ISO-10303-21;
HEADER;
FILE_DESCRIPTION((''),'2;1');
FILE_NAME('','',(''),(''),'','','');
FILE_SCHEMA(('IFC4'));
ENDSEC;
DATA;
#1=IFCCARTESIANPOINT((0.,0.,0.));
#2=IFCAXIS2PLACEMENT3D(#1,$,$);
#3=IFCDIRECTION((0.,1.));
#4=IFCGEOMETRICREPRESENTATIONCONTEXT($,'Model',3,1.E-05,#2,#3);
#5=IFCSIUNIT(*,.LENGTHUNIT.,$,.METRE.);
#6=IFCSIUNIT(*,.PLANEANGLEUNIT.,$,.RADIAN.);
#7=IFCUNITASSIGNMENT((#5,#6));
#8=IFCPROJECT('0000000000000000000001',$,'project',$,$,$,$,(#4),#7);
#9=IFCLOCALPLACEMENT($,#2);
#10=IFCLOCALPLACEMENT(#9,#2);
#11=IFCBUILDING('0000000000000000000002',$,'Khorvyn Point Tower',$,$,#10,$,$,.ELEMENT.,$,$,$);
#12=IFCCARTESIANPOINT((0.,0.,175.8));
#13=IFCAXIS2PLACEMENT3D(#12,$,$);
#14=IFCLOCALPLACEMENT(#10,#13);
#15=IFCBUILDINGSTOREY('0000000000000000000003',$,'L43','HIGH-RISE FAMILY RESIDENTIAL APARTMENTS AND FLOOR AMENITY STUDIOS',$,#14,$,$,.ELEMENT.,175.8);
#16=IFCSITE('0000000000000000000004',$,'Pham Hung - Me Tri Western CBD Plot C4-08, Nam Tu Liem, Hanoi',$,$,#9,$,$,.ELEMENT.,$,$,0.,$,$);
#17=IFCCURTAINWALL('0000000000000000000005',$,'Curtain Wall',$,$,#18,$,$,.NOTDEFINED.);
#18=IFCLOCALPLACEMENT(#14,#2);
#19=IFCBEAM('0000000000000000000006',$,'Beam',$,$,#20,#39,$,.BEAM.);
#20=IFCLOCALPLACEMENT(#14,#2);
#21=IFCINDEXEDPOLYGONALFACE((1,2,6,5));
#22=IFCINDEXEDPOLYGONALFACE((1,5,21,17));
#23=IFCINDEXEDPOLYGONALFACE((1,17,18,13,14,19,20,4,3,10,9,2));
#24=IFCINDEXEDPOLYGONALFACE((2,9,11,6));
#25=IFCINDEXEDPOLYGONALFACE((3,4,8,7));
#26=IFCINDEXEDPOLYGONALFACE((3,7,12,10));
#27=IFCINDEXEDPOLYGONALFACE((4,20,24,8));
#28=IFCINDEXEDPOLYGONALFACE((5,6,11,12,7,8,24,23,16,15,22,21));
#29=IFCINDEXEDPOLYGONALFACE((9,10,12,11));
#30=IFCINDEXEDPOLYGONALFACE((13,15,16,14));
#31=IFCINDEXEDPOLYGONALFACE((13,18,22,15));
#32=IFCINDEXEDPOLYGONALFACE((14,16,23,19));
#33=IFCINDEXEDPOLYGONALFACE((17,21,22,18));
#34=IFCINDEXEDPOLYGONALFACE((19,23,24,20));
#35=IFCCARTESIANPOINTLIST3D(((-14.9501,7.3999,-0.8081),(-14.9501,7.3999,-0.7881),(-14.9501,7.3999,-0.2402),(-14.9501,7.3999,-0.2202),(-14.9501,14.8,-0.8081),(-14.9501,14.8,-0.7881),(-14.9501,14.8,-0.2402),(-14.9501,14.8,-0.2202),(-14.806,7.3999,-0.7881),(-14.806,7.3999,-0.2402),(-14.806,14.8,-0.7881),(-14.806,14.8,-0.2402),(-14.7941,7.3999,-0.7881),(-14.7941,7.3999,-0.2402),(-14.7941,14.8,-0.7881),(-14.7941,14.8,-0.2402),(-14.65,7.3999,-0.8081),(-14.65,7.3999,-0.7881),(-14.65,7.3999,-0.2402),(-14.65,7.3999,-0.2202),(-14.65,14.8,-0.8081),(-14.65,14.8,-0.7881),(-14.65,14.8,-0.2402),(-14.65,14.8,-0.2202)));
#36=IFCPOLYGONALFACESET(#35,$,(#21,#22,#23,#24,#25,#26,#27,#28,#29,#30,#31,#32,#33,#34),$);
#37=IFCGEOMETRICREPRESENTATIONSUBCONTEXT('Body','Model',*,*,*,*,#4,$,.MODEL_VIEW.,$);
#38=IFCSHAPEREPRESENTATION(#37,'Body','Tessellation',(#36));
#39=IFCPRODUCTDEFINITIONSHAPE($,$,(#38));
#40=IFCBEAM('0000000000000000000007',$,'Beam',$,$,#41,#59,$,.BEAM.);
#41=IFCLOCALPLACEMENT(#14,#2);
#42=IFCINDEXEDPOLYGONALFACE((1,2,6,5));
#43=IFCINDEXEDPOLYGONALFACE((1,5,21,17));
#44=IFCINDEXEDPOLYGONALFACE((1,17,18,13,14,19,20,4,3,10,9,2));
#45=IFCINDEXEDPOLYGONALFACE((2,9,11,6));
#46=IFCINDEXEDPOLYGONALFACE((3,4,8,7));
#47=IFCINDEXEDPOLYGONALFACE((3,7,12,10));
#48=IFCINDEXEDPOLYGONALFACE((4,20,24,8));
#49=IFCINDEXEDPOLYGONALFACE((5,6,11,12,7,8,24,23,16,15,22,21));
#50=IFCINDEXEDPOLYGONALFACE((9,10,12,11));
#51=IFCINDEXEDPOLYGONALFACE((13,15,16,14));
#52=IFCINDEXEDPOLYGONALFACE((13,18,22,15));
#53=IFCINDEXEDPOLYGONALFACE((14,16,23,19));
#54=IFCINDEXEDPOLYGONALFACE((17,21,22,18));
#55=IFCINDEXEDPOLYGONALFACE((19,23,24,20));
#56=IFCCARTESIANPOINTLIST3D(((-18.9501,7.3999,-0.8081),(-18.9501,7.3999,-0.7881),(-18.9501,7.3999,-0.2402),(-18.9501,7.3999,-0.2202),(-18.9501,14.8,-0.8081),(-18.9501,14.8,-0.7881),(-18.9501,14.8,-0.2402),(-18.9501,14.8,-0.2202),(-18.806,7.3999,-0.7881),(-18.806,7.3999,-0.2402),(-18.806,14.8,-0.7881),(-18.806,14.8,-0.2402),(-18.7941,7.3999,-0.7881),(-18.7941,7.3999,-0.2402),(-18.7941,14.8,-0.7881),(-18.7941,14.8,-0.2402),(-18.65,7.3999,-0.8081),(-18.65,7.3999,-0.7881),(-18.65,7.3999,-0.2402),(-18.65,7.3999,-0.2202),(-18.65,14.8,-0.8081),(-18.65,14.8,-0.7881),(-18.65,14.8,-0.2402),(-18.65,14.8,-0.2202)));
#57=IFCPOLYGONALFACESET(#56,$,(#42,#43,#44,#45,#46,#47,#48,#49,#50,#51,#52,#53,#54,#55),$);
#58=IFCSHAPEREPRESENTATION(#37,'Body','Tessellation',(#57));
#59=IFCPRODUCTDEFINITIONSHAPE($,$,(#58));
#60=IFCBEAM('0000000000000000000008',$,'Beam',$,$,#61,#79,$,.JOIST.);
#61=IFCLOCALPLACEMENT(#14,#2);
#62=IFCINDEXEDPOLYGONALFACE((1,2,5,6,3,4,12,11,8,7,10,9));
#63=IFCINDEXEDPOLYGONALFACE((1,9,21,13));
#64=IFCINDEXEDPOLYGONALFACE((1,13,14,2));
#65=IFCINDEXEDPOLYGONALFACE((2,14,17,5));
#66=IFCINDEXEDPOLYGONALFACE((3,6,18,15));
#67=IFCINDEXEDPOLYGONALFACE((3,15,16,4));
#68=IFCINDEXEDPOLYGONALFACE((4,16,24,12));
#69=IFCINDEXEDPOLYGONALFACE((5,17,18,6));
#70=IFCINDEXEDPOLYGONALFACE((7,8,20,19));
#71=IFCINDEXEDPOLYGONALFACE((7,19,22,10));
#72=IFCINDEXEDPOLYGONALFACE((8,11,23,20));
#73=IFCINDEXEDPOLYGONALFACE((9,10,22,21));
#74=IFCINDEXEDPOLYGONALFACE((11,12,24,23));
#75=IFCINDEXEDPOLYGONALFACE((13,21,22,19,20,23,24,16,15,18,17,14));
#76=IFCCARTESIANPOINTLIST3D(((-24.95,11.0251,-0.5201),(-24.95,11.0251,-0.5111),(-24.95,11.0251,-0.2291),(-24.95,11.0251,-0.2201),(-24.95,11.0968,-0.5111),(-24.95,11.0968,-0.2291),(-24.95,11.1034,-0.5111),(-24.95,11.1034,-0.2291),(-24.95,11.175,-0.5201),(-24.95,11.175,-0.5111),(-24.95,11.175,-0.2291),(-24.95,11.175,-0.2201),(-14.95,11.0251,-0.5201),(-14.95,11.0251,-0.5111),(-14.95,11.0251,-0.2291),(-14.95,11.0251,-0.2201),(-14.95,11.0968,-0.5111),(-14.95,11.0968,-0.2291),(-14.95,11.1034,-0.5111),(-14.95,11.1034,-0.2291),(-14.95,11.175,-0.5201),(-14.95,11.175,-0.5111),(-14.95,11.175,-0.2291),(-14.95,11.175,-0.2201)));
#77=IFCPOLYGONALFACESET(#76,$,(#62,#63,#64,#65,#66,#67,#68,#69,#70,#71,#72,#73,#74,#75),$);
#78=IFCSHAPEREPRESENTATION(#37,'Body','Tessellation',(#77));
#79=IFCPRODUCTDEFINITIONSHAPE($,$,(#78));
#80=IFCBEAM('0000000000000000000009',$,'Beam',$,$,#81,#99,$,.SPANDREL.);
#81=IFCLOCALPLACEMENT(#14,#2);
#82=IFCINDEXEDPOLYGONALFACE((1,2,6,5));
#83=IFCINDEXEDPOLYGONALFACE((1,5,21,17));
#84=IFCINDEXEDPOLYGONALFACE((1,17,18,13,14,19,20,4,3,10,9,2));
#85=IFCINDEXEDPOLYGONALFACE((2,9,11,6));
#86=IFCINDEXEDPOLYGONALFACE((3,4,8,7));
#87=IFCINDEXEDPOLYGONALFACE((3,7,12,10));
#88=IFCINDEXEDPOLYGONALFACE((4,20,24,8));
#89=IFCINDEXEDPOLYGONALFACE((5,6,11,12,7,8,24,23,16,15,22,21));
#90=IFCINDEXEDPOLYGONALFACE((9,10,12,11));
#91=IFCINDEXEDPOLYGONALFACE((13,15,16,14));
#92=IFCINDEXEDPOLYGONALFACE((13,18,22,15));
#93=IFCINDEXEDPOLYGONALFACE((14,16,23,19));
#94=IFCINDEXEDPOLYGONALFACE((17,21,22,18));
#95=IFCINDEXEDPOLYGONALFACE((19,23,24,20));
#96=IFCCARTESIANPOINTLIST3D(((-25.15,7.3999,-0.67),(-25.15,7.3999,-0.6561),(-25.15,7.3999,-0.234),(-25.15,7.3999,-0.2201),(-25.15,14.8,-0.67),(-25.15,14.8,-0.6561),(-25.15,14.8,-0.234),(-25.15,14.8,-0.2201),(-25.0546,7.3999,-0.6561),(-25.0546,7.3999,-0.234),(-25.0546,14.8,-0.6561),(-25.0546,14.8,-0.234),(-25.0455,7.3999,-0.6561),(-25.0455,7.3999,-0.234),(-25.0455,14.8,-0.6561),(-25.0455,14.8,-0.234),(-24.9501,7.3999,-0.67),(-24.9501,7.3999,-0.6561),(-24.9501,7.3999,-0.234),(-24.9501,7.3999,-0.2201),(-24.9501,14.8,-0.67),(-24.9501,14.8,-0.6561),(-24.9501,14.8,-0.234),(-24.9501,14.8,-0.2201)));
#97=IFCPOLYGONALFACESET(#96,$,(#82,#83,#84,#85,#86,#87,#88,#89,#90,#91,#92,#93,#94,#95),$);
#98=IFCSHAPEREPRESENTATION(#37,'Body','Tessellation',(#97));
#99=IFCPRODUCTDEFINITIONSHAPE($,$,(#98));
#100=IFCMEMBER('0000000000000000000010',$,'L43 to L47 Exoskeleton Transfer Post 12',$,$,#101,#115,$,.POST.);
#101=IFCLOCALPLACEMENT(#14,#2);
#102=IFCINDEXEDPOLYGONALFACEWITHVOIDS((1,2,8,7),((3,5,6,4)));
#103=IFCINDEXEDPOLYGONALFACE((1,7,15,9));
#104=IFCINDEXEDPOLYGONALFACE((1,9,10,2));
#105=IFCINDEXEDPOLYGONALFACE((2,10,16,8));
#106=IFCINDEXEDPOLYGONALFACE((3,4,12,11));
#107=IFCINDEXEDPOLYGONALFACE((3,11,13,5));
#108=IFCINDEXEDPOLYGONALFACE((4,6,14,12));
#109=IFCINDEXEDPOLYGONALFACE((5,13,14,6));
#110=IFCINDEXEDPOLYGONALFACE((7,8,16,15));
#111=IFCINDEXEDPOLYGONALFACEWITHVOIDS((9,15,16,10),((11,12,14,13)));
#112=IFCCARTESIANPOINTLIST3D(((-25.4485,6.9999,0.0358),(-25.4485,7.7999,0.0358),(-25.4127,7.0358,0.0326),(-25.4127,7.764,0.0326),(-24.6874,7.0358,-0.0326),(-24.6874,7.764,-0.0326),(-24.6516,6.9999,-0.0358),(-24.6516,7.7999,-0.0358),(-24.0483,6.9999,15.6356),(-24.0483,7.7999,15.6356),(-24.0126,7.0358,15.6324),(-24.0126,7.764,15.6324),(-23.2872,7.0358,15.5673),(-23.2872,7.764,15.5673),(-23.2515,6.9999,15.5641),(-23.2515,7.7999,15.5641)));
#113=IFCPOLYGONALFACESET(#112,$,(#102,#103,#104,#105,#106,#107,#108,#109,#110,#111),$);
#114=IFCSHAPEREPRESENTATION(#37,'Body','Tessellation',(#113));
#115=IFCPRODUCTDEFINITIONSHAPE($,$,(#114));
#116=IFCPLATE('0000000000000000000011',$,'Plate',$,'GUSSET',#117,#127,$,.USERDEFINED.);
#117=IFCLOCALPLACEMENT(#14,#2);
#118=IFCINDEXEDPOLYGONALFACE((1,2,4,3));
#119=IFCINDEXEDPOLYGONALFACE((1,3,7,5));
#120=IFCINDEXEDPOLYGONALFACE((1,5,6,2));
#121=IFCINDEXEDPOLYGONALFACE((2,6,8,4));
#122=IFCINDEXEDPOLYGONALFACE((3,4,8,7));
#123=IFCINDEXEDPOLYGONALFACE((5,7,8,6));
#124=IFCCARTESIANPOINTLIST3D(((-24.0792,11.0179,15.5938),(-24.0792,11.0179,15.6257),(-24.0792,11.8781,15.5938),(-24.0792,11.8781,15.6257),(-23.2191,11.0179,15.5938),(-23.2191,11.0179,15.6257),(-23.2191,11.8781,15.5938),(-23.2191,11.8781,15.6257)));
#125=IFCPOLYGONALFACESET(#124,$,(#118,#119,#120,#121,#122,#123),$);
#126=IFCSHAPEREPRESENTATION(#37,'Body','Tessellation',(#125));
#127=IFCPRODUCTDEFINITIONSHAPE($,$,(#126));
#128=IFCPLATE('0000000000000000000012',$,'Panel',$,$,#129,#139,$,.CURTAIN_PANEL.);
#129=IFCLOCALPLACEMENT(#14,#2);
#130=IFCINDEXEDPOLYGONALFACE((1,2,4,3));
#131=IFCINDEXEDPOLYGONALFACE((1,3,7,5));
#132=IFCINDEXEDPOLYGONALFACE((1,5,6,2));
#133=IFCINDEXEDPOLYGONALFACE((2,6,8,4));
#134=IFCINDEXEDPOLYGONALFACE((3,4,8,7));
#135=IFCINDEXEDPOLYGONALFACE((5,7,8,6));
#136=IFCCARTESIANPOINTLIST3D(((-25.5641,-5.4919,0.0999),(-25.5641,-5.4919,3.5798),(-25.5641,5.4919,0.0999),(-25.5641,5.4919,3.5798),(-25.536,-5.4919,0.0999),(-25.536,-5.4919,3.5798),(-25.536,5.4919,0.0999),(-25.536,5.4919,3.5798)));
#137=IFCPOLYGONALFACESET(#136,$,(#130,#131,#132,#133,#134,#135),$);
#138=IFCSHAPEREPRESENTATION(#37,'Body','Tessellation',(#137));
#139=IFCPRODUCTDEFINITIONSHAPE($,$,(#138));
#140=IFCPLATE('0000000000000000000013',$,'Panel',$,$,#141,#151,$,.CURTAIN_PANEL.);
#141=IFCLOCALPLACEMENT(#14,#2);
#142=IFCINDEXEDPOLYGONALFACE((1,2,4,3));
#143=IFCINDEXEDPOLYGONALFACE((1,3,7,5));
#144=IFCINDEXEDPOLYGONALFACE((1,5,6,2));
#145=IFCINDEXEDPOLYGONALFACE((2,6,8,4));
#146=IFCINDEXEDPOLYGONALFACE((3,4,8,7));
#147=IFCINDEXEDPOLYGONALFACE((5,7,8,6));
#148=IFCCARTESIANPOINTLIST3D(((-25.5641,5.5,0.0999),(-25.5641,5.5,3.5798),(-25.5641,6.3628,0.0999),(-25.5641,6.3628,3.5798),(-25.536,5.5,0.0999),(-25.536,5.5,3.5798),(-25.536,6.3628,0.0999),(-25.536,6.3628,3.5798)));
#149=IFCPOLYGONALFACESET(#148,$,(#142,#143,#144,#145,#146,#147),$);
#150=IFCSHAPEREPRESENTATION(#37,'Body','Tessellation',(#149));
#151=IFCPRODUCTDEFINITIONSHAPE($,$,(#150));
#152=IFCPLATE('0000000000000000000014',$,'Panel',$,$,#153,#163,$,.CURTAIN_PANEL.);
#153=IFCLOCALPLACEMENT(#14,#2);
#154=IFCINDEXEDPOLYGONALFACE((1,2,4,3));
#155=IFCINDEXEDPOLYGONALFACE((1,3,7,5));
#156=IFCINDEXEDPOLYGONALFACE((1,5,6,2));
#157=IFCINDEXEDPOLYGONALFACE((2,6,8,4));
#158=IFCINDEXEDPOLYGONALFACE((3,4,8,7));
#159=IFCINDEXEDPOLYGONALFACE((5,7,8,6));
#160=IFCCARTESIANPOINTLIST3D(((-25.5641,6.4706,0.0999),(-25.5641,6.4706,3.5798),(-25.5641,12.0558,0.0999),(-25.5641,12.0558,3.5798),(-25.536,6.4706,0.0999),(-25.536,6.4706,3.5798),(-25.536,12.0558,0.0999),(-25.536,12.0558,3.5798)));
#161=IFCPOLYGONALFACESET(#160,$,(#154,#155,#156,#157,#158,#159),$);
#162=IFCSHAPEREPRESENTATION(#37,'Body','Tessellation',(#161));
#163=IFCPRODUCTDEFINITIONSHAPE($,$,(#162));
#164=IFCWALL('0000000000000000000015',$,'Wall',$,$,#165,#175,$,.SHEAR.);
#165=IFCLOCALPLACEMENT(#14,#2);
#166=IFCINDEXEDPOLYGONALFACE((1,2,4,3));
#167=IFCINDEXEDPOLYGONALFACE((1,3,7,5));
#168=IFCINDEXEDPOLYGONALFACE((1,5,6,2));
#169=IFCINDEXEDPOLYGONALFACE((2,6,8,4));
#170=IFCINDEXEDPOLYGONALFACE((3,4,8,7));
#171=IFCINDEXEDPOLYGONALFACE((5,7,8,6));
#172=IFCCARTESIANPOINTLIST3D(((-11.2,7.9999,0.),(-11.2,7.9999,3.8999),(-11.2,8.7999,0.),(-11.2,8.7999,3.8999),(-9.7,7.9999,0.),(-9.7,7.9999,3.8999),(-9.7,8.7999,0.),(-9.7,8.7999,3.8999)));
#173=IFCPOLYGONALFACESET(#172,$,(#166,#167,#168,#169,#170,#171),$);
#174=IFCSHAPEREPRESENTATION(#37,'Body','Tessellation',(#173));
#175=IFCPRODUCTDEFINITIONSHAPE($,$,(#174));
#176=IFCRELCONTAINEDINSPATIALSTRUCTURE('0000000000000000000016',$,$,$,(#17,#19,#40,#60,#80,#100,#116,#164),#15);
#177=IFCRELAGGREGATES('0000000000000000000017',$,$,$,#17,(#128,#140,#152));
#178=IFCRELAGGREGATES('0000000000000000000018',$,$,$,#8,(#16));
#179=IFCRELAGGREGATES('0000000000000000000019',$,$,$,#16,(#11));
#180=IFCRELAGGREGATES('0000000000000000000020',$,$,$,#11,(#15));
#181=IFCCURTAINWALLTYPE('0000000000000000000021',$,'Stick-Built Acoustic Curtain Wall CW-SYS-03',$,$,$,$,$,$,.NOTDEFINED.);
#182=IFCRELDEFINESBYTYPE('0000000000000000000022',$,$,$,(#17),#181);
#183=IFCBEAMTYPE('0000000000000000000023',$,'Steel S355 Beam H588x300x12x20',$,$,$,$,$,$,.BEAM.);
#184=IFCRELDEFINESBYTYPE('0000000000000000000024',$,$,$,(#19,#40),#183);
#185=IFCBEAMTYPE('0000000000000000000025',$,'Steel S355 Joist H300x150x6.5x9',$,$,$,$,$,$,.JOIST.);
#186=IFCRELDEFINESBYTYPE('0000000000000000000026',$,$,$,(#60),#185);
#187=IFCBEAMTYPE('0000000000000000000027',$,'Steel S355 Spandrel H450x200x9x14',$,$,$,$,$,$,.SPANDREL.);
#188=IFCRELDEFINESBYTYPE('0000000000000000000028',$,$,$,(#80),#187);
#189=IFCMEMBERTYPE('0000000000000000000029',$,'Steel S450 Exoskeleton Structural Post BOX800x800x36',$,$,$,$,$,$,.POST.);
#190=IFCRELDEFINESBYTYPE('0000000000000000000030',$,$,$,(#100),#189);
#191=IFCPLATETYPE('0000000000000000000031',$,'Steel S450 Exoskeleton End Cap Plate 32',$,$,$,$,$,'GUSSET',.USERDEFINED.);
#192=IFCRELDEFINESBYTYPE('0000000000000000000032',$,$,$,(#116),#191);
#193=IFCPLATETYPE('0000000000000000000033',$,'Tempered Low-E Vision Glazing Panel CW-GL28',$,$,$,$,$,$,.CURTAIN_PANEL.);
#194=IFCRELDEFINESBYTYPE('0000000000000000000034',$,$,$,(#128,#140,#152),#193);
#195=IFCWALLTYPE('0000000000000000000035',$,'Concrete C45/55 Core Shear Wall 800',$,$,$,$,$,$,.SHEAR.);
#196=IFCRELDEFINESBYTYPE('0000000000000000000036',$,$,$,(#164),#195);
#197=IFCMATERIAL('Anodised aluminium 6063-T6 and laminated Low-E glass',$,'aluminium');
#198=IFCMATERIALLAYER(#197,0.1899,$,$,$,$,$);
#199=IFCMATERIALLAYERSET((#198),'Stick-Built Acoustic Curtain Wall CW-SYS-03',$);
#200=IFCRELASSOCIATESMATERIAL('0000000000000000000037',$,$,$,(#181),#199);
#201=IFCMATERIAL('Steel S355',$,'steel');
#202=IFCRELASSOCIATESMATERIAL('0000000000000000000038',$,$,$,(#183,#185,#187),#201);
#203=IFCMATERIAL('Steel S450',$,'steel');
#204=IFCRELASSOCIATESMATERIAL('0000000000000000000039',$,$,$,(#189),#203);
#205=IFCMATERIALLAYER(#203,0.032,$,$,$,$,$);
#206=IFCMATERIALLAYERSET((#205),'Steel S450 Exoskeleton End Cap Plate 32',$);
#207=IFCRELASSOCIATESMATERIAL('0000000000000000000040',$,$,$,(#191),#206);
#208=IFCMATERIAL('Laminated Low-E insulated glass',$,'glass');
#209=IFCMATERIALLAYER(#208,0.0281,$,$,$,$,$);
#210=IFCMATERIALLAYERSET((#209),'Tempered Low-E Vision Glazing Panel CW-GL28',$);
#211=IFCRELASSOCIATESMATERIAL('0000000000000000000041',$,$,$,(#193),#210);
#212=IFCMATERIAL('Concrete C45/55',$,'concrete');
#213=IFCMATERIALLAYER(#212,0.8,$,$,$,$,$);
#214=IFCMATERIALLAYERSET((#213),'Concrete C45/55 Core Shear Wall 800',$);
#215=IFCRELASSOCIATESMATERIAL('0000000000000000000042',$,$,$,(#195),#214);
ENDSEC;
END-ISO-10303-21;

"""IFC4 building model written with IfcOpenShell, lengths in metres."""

from ifc_helpers import new_model, si_unit, direction, frame, frame_2d, origin, origin_2d, place, context, subcontext, project, spatial, rectangle, hollow_rectangle, i_section, extrude, material, layer, layer_set, material_profile, profile_set, type_object, element, aggregate, save


model = new_model("IFC4")

# Units and contexts
model_context = context("Model", 3, precision=1e-05, world=origin(), true_north=direction((0.0, 1.0)))
body_context = subcontext(model_context, "Body", "Model", "MODEL_VIEW")
ifc_project = project(units=[si_unit("LENGTHUNIT", "METRE"), si_unit("PLANEANGLEUNIT", "RADIAN")], contexts=[model_context])

# Site, building, storey
site_placement = place(None, origin())
site = spatial("IfcSite", under=ifc_project, at=site_placement, Name="Pham Hung - Me Tri Western CBD Plot C4-08, Nam Tu Liem, Hanoi", CompositionType="ELEMENT", RefElevation=0.0)
building_placement = place(site_placement, origin())
building = spatial("IfcBuilding", under=site, at=building_placement, Name="Khorvyn Point Tower", CompositionType="ELEMENT")
storey_placement = place(building_placement, frame((0.0, 0.0, 175.8)))
storey = spatial("IfcBuildingStorey", under=building, at=storey_placement, Name="L43", Description="HIGH-RISE FAMILY RESIDENTIAL APARTMENTS AND FLOOR AMENITY STUDIOS", CompositionType="ELEMENT", Elevation=175.8)

# Shared definitions
ifc_material_1 = material(Name="Concrete C45/55", Category="concrete")
ifc_material_2 = material(Name="Steel S450", Category="steel")

# Curtain wall
ifc_material_3 = material(Name="Anodised aluminium 6063-T6 and laminated Low-E glass", Category="aluminium")
ifc_layer_1 = layer(ifc_material_3, 0.1899)
ifc_layer_set_1 = layer_set([ifc_layer_1], Name="Stick-Built Acoustic Curtain Wall CW-SYS-03")
curtain_wall_type = type_object("IfcCurtainWallType", Name="Stick-Built Acoustic Curtain Wall CW-SYS-03", PredefinedType="NOTDEFINED", material=ifc_layer_set_1)
curtain_wall_placement = place(storey_placement, origin())
curtain_wall = element("IfcCurtainWall", 1, at=curtain_wall_placement, inside=storey, type_object=curtain_wall_type, Name="Curtain Wall", PredefinedType="NOTDEFINED")

# Beams
ifc_material_4 = material(Name="Steel S355", Category="steel")
ifc_material_profile_1 = material_profile(ifc_material_4, i_section(OverallWidth=0.3, OverallDepth=0.5879, WebThickness=0.012, FlangeThickness=0.02, at=origin_2d()))
ifc_profile_set_1 = profile_set([ifc_material_profile_1], Name="Steel S355 H588x300x12x20")
beam_type_1 = type_object("IfcBeamType", Name="Steel S355 Beam H588x300x12x20", PredefinedType="BEAM", material=ifc_profile_set_1)
for number, where, z_axis, x_axis, name in (
    (2, (-14.8, 7.3999, -0.5142), (0.0, 1.0, 0.0), (-1.0, 0.0, 0.0), "Beam"),
    (3, (-18.8, 7.3999, -0.5142), (0.0, 1.0, 0.0), (-1.0, 0.0, 0.0), "Beam"),
):
    element("IfcBeam", number, at=place(storey_placement, frame(where, z_axis=z_axis, x_axis=x_axis)), inside=storey, type_object=beam_type_1, Name=name, PredefinedType="BEAM", context=body_context, shape_type="SweptSolid", body=[
        extrude(i_section(OverallWidth=0.3, OverallDepth=0.5879, WebThickness=0.012, FlangeThickness=0.02, at=origin_2d()), origin(), (0.0, 0.0, 1.0), 7.4001),
    ])
ifc_material_profile_2 = material_profile(ifc_material_4, i_section(OverallWidth=0.1499, OverallDepth=0.3, WebThickness=0.0066, FlangeThickness=0.009, at=origin_2d()))
ifc_profile_set_2 = profile_set([ifc_material_profile_2], Name="Steel S355 H300x150x6.5x9")
beam_type_2 = type_object("IfcBeamType", Name="Steel S355 Joist H300x150x6.5x9", PredefinedType="JOIST", material=ifc_profile_set_2)
beam_1_placement = place(storey_placement, frame((-24.95, 11.1001, -0.3701), z_axis=(1.0, 0.0, 0.0), x_axis=(0.0, 1.0, 0.0)))
element("IfcBeam", 4, at=beam_1_placement, inside=storey, type_object=beam_type_2, Name="Beam", PredefinedType="JOIST", context=body_context, shape_type="SweptSolid", body=[
    extrude(i_section(OverallWidth=0.1499, OverallDepth=0.3, WebThickness=0.0066, FlangeThickness=0.009, at=origin_2d()), origin(), (0.0, 0.0, 1.0), 10.0),
])
ifc_material_profile_3 = material_profile(ifc_material_4, i_section(OverallWidth=0.2, OverallDepth=0.45, WebThickness=0.009, FlangeThickness=0.0139, at=origin_2d()))
ifc_profile_set_3 = profile_set([ifc_material_profile_3], Name="Steel S355 H450x200x9x14")
beam_type_3 = type_object("IfcBeamType", Name="Steel S355 Spandrel H450x200x9x14", PredefinedType="SPANDREL", material=ifc_profile_set_3)
beam_2_placement = place(storey_placement, frame((-25.05, 7.3999, -0.4451), z_axis=(0.0, 1.0, 0.0), x_axis=(-1.0, 0.0, 0.0)))
element("IfcBeam", 5, at=beam_2_placement, inside=storey, type_object=beam_type_3, Name="Beam", PredefinedType="SPANDREL", context=body_context, shape_type="SweptSolid", body=[
    extrude(i_section(OverallWidth=0.2, OverallDepth=0.45, WebThickness=0.009, FlangeThickness=0.0139, at=origin_2d()), origin(), (0.0, 0.0, 1.0), 7.4001),
])

# Member
ifc_material_profile_4 = material_profile(ifc_material_2, hollow_rectangle(XDim=0.8, YDim=0.8, WallThickness=0.0359, at=origin_2d()))
ifc_profile_set_4 = profile_set([ifc_material_profile_4], Name="Steel S450 BOX800x800x36")
member_type_1 = type_object("IfcMemberType", Name="Steel S450 Exoskeleton Structural Post BOX800x800x36", PredefinedType="POST", material=ifc_profile_set_4)
member_1_placement = place(storey_placement, frame((-25.05, 7.3999, 0.0), z_axis=(0.089394, 0.0, 0.995996), x_axis=(0.0, 1.0, 0.0)))
element("IfcMember", 6, at=member_1_placement, inside=storey, type_object=member_type_1, Name="L43 to L47 Exoskeleton Transfer Post 12", PredefinedType="POST", context=body_context, shape_type="SweptSolid", body=[
    extrude(hollow_rectangle(XDim=0.8, YDim=0.8, WallThickness=0.0359, at=origin_2d()), origin(), (0.0, 0.0, 1.0), 15.6626),
])

# Plates
ifc_layer_2 = layer(ifc_material_2, 0.032)
ifc_layer_set_2 = layer_set([ifc_layer_2], Name="Steel S450 Exoskeleton End Cap Plate 32")
plate_type_1 = type_object("IfcPlateType", Name="Steel S450 Exoskeleton End Cap Plate 32", ElementType="GUSSET", PredefinedType="USERDEFINED", material=ifc_layer_set_2)
plate_1_placement = place(storey_placement, frame((-23.6492, 11.448, 15.5938), z_axis=(0.0, 0.0, 1.0), x_axis=(1.0, 0.0, 0.0)))
element("IfcPlate", 7, at=plate_1_placement, inside=storey, type_object=plate_type_1, Name="Plate", ObjectType="GUSSET", PredefinedType="USERDEFINED", context=body_context, shape_type="SweptSolid", body=[
    extrude(rectangle(XDim=0.8601, YDim=0.8601, at=origin_2d()), origin(), (0.0, 0.0, 1.0), 0.032),
])
ifc_material_5 = material(Name="Laminated Low-E insulated glass", Category="glass")
ifc_layer_3 = layer(ifc_material_5, 0.0281)
ifc_layer_set_3 = layer_set([ifc_layer_3], Name="Tempered Low-E Vision Glazing Panel CW-GL28")
plate_type_2 = type_object("IfcPlateType", Name="Tempered Low-E Vision Glazing Panel CW-GL28", PredefinedType="CURTAIN_PANEL", material=ifc_layer_set_3)
plate_2_placement = place(storey_placement, frame((-25.55, 0.0, 0.0999), z_axis=(0.0, 0.0, 1.0), x_axis=(0.0, 1.0, 0.0)))
plate_2 = element("IfcPlate", 8, at=plate_2_placement, type_object=plate_type_2, Name="Panel", PredefinedType="CURTAIN_PANEL", context=body_context, shape_type="SweptSolid", body=[
    extrude(rectangle(XDim=10.9839, YDim=0.0281, at=origin_2d()), origin(), (0.0, 0.0, 1.0), 3.48),
])
plate_3_placement = place(storey_placement, frame((-25.55, 5.9314, 0.0999), z_axis=(0.0, 0.0, 1.0), x_axis=(0.0, 1.0, 0.0)))
plate_3 = element("IfcPlate", 9, at=plate_3_placement, type_object=plate_type_2, Name="Panel", PredefinedType="CURTAIN_PANEL", context=body_context, shape_type="SweptSolid", body=[
    extrude(rectangle(XDim=0.8628, YDim=0.0281, at=origin_2d()), origin(), (0.0, 0.0, 1.0), 3.48),
])
plate_4_placement = place(storey_placement, frame((-25.55, 9.2632, 0.0999), z_axis=(0.0, 0.0, 1.0), x_axis=(0.0, 1.0, 0.0)))
plate_4 = element("IfcPlate", 10, at=plate_4_placement, type_object=plate_type_2, Name="Panel", PredefinedType="CURTAIN_PANEL", context=body_context, shape_type="SweptSolid", body=[
    extrude(rectangle(XDim=5.5852, YDim=0.0281, at=origin_2d()), origin(), (0.0, 0.0, 1.0), 3.48),
])
aggregate(curtain_wall, [plate_2, plate_3, plate_4])

# Wall
ifc_layer_4 = layer(ifc_material_1, 0.8)
ifc_layer_set_4 = layer_set([ifc_layer_4], Name="Concrete C45/55 Core Shear Wall 800")
wall_type_1 = type_object("IfcWallType", Name="Concrete C45/55 Core Shear Wall 800", PredefinedType="SHEAR", material=ifc_layer_set_4)
wall_1_placement = place(storey_placement, frame((-11.2, 8.3999, 0.0), z_axis=(0.0, 0.0, 1.0), x_axis=(1.0, 0.0, 0.0)))
element("IfcWall", 11, at=wall_1_placement, inside=storey, type_object=wall_type_1, Name="Wall", PredefinedType="SHEAR", context=body_context, shape_type="SweptSolid", body=[
    extrude(rectangle(XDim=1.5, YDim=0.8, at=frame_2d((0.75, 0.0))), origin(), (0.0, 0.0, 1.0), 3.8999),
])

save(model, "model.ifc")
